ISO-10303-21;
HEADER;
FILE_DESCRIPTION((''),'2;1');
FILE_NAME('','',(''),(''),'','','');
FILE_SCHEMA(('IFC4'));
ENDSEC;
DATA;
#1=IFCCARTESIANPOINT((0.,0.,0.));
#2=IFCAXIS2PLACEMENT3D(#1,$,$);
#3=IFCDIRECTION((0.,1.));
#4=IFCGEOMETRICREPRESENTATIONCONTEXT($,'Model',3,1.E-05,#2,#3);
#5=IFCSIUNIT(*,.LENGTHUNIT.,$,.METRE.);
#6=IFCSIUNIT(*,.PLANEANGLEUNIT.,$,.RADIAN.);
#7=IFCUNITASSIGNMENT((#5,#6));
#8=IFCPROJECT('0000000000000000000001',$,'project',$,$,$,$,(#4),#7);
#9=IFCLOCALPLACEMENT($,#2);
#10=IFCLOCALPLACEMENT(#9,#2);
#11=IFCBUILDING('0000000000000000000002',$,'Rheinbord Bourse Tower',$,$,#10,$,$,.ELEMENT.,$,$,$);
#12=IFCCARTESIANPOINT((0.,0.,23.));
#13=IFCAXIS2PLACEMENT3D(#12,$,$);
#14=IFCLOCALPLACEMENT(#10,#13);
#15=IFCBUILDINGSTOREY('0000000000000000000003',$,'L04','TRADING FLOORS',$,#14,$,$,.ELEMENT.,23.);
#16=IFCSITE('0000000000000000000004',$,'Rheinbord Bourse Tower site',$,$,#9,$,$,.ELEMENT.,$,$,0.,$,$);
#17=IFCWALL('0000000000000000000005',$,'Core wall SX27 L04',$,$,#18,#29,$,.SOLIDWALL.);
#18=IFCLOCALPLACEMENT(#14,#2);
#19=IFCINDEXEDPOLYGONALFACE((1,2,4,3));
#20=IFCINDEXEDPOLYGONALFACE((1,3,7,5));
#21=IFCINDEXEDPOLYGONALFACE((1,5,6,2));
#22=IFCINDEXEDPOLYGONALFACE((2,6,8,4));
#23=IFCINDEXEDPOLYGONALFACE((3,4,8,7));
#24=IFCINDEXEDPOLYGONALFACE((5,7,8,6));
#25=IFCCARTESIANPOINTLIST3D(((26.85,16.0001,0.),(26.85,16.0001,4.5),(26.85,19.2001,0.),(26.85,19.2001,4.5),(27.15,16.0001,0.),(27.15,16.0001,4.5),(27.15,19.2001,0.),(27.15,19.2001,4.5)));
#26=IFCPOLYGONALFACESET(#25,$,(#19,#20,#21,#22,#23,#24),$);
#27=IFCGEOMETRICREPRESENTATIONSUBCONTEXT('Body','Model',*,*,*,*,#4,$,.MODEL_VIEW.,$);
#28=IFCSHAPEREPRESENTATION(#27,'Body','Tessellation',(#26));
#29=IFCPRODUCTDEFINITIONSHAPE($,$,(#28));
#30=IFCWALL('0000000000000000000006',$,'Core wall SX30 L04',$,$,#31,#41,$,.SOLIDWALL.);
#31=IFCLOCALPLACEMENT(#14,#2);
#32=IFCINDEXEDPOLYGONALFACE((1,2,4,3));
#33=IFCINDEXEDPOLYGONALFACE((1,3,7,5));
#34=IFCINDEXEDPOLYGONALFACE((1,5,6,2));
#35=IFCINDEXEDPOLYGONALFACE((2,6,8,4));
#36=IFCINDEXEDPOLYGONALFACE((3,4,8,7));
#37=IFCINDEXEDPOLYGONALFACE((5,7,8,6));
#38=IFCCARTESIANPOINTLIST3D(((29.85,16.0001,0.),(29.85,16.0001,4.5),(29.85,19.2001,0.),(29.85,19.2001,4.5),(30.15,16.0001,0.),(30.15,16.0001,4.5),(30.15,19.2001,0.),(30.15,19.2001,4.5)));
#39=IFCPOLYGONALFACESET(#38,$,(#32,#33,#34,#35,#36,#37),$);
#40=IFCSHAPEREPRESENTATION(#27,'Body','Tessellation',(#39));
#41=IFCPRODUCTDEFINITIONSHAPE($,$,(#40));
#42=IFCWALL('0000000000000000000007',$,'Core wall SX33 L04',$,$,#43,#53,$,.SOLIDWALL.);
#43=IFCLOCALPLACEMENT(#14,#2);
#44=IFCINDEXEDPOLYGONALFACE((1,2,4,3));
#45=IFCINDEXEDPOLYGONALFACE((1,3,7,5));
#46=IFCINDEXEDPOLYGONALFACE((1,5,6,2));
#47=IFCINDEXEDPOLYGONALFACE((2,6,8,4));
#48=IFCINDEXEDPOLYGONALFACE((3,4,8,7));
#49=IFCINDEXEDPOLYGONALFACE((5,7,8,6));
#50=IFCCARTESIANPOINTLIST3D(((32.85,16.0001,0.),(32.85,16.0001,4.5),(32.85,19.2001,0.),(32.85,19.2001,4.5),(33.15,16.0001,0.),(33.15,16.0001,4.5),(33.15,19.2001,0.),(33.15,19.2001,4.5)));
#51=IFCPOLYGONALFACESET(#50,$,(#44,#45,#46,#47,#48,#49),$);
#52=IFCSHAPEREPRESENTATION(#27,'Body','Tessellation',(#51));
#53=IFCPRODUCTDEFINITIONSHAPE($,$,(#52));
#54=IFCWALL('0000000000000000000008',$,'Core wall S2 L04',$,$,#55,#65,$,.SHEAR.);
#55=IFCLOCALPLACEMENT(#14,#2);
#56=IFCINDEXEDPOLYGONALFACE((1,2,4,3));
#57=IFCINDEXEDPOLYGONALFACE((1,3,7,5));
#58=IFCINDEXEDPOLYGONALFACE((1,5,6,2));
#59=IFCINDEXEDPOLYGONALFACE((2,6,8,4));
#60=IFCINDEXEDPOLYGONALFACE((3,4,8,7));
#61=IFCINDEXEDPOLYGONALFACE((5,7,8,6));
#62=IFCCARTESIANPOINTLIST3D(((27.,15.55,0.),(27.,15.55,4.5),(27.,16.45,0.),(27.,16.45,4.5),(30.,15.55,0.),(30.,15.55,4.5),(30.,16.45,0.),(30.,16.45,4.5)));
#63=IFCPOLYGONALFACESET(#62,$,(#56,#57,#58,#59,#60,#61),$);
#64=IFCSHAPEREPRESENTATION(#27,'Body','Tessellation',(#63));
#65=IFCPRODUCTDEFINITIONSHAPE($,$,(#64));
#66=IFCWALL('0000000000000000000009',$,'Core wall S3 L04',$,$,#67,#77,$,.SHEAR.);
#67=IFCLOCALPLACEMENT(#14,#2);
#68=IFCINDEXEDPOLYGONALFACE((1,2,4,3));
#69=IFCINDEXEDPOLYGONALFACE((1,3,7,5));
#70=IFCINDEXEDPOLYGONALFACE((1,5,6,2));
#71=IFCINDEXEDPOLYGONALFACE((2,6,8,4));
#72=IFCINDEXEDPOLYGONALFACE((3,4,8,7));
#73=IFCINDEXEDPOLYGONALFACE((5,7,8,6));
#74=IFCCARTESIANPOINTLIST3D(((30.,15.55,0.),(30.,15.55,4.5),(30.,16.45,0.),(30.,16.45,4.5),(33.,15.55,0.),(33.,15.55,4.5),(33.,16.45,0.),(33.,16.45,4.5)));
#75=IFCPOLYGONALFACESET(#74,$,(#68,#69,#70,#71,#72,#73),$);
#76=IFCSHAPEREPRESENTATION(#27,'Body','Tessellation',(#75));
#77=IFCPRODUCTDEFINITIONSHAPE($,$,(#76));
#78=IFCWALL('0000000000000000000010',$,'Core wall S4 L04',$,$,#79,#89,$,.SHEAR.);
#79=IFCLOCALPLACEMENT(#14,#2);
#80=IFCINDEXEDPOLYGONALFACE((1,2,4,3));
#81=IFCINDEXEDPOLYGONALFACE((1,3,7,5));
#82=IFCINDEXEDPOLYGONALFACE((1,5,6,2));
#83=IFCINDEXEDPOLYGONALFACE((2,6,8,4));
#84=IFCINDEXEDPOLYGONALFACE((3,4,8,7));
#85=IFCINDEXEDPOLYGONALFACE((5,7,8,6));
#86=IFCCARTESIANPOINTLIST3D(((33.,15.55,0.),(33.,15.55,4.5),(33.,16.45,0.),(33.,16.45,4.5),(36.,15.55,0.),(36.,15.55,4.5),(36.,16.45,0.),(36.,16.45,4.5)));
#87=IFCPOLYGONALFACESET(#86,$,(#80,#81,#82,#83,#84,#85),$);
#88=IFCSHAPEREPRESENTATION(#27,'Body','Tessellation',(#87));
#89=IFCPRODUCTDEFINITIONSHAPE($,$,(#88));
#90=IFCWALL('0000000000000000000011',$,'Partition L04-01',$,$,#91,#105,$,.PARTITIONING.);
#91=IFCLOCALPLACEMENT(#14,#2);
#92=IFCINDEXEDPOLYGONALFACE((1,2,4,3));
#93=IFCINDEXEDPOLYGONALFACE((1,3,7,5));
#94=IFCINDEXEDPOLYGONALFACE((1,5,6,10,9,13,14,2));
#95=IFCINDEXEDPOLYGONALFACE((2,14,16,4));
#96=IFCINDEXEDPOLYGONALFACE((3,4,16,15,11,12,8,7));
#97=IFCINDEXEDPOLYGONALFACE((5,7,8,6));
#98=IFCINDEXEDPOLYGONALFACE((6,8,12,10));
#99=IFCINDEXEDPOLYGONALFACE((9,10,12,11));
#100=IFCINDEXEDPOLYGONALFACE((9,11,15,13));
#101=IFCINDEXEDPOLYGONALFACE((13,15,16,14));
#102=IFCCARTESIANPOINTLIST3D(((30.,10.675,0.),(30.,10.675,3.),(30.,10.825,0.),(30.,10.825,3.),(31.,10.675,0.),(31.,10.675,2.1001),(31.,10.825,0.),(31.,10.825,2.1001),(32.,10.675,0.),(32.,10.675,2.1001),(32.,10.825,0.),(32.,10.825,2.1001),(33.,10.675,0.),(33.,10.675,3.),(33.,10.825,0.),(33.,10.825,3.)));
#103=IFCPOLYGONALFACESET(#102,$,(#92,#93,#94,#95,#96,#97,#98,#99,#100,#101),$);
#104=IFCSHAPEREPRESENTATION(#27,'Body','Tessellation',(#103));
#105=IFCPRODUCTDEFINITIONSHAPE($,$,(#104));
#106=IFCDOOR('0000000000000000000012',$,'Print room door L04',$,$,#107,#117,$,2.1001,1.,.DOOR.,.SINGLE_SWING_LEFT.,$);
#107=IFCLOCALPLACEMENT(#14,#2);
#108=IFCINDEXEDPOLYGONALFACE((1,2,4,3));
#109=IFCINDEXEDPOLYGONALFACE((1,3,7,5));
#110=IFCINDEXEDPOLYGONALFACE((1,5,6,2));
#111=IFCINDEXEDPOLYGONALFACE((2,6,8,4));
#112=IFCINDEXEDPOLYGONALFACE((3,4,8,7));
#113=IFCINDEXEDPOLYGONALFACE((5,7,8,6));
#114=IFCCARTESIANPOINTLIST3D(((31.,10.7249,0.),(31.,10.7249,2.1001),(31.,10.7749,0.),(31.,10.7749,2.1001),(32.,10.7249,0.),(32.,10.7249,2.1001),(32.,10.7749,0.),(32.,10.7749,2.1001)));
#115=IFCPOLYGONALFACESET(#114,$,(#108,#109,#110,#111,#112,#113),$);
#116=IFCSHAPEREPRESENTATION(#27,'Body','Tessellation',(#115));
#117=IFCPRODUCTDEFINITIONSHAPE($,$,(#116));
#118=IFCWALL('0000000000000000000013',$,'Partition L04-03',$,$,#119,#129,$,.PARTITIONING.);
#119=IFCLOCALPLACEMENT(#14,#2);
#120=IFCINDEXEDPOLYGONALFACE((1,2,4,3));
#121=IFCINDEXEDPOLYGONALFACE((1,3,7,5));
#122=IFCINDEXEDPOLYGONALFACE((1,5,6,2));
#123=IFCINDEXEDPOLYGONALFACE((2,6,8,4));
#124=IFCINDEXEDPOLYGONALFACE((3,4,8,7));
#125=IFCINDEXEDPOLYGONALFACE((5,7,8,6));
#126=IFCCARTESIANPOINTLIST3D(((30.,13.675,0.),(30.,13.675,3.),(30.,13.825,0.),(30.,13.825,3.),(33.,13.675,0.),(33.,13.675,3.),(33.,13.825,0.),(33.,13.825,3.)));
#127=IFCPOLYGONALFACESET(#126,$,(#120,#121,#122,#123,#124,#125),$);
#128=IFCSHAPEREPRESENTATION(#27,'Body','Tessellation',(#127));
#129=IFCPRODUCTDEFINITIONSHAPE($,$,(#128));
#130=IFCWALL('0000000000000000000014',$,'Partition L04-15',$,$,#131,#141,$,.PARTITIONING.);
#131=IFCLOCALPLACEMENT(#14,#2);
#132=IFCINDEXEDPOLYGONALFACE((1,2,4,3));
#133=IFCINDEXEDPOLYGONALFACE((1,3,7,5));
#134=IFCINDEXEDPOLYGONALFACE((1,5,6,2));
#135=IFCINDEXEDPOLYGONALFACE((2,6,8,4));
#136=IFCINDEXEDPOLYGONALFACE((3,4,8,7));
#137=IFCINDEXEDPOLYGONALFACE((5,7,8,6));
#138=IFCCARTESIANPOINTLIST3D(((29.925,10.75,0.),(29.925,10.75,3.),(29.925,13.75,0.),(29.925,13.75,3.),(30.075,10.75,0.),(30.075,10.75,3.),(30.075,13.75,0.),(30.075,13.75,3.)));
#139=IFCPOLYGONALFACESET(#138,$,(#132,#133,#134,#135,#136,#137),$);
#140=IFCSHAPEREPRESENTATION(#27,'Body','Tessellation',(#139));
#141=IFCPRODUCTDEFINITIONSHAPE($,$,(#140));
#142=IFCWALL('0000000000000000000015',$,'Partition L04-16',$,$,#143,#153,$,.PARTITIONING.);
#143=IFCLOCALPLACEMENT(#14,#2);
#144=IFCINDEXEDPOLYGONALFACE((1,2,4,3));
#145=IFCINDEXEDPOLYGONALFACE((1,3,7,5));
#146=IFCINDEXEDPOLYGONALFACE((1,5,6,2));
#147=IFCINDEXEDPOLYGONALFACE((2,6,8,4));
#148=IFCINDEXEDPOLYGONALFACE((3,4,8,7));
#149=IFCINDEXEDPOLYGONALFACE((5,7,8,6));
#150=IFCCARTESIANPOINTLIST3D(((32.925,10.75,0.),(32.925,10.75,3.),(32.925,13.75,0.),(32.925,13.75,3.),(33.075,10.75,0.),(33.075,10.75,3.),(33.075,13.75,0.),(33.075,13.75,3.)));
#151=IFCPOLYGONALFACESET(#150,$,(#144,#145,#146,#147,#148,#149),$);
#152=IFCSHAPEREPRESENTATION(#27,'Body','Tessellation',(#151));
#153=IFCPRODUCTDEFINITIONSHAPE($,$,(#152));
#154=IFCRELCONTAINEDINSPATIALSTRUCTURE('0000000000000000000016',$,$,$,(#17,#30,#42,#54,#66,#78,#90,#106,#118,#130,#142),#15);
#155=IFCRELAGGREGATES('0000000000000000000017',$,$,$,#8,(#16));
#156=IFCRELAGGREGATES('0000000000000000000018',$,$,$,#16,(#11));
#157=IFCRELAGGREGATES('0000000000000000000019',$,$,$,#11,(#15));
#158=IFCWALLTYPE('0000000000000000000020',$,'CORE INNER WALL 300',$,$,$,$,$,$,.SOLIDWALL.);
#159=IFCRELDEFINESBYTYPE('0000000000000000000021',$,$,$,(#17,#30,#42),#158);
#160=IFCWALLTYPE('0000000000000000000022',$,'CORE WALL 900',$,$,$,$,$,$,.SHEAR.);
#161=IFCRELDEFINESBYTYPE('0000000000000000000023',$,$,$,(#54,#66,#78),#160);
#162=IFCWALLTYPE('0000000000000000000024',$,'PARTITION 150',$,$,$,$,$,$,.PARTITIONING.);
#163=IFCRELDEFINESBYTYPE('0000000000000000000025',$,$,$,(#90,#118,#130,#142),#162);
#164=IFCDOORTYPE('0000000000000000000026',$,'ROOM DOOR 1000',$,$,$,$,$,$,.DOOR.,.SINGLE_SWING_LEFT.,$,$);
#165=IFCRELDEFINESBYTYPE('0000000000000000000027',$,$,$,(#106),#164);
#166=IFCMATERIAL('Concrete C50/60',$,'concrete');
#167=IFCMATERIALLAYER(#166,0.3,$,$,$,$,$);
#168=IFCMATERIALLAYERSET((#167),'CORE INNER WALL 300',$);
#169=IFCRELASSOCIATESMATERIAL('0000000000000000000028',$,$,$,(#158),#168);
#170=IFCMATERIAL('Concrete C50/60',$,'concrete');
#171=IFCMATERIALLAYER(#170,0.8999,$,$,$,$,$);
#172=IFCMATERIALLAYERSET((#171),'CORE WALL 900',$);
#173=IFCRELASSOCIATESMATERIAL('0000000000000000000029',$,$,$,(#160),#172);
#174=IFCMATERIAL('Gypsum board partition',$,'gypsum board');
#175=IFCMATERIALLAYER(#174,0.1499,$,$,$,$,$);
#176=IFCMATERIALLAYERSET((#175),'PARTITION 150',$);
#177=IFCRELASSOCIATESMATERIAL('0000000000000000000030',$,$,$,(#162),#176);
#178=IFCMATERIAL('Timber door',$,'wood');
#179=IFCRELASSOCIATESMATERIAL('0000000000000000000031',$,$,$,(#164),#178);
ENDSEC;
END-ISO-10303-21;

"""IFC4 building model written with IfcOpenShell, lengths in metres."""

from ifc_helpers import new_model, si_unit, direction, frame, frame_2d, origin, place, context, subcontext, project, spatial, rectangle, extrude, material, layer, layer_set, type_object, element, fill, save


model = new_model("IFC4")

# Units and contexts
model_context = context("Model", 3, precision=1e-05, world=origin(), true_north=direction((0.0, 1.0)))
body_context = subcontext(model_context, "Body", "Model", "MODEL_VIEW")
ifc_project = project(units=[si_unit("LENGTHUNIT", "METRE"), si_unit("PLANEANGLEUNIT", "RADIAN")], contexts=[model_context])

# Site, building, storey
site_placement = place(None, origin())
site = spatial("IfcSite", under=ifc_project, at=site_placement, Name="Rheinbord Bourse Tower site", CompositionType="ELEMENT", RefElevation=0.0)
building_placement = place(site_placement, origin())
building = spatial("IfcBuilding", under=site, at=building_placement, Name="Rheinbord Bourse Tower", CompositionType="ELEMENT")
storey_placement = place(building_placement, frame((0.0, 0.0, 23.0)))
storey = spatial("IfcBuildingStorey", under=building, at=storey_placement, Name="L04", Description="TRADING FLOORS", CompositionType="ELEMENT", Elevation=23.0)

# Walls
ifc_material_1 = material(Name="Concrete C50/60", Category="concrete")
ifc_layer_1 = layer(ifc_material_1, 0.3)
ifc_layer_set_1 = layer_set([ifc_layer_1], Name="CORE INNER WALL 300")
wall_type_1 = type_object("IfcWallType", Name="CORE INNER WALL 300", PredefinedType="SOLIDWALL", material=ifc_layer_set_1)
for number, where, z_axis, x_axis, name in (
    (1, (27.0, 16.0, 0.0), (0.0, 0.0, 1.0), (0.0, 1.0, 0.0), "Core wall SX27 L04"),
    (2, (30.0, 16.0, 0.0), (0.0, 0.0, 1.0), (0.0, 1.0, 0.0), "Core wall SX30 L04"),
    (3, (33.0, 16.0, 0.0), (0.0, 0.0, 1.0), (0.0, 1.0, 0.0), "Core wall SX33 L04"),
):
    element("IfcWall", number, at=place(storey_placement, frame(where, z_axis=z_axis, x_axis=x_axis)), inside=storey, type_object=wall_type_1, Name=name, PredefinedType="SOLIDWALL", context=body_context, shape_type="SweptSolid", body=[
        extrude(rectangle(XDim=3.2, YDim=0.3, at=frame_2d((1.6001, 0.0))), origin(), (0.0, 0.0, 1.0), 4.5),
    ])
ifc_material_2 = material(Name="Concrete C50/60", Category="concrete")
ifc_layer_2 = layer(ifc_material_2, 0.8999)
ifc_layer_set_2 = layer_set([ifc_layer_2], Name="CORE WALL 900")
wall_type_2 = type_object("IfcWallType", Name="CORE WALL 900", PredefinedType="SHEAR", material=ifc_layer_set_2)
for number, where, z_axis, x_axis, name in (
    (4, (27.0, 16.0, 0.0), (0.0, 0.0, 1.0), (1.0, 0.0, 0.0), "Core wall S2 L04"),
    (5, (30.0, 16.0, 0.0), (0.0, 0.0, 1.0), (1.0, 0.0, 0.0), "Core wall S3 L04"),
    (6, (33.0, 16.0, 0.0), (0.0, 0.0, 1.0), (1.0, 0.0, 0.0), "Core wall S4 L04"),
):
    element("IfcWall", number, at=place(storey_placement, frame(where, z_axis=z_axis, x_axis=x_axis)), inside=storey, type_object=wall_type_2, Name=name, PredefinedType="SHEAR", context=body_context, shape_type="SweptSolid", body=[
        extrude(rectangle(XDim=3.0, YDim=0.8999, at=frame_2d((1.5, 0.0))), origin(), (0.0, 0.0, 1.0), 4.5),
    ])

# Wall, opening, door
ifc_material_3 = material(Name="Gypsum board partition", Category="gypsum board")
ifc_layer_3 = layer(ifc_material_3, 0.1499)
ifc_layer_set_3 = layer_set([ifc_layer_3], Name="PARTITION 150")
wall_type_3 = type_object("IfcWallType", Name="PARTITION 150", PredefinedType="PARTITIONING", material=ifc_layer_set_3)
wall_placement = place(storey_placement, frame((30.0, 10.75, 0.0), z_axis=(0.0, 0.0, 1.0), x_axis=(1.0, 0.0, 0.0)))
wall = element("IfcWall", 7, at=wall_placement, inside=storey, type_object=wall_type_3, Name="Partition L04-01", PredefinedType="PARTITIONING", context=body_context, shape_type="SweptSolid", body=[
    extrude(rectangle(XDim=3.0, YDim=0.1499, at=frame_2d((1.5, 0.0))), origin(), (0.0, 0.0, 1.0), 3.0),
])
opening_placement = place(wall_placement, frame((1.0, 0.0, 0.0)))
opening = element("IfcOpeningElement", 8, at=opening_placement, cuts=wall, PredefinedType="OPENING", context=body_context, shape_type="SweptSolid", body=[
    extrude(rectangle(XDim=1.0, YDim=2.1001, at=frame_2d((0.5, 1.05))), frame((0.0, 0.085, 0.0), z_axis=(0.0, -1.0, 0.0), x_axis=(1.0, 0.0, 0.0)), (0.0, 0.0, 1.0), 0.1699),
])
ifc_material_4 = material(Name="Timber door", Category="wood")
door_type = type_object("IfcDoorType", Name="ROOM DOOR 1000", OperationType="SINGLE_SWING_LEFT", PredefinedType="DOOR", material=ifc_material_4)
door_placement = place(opening_placement, origin())
door = element("IfcDoor", 9, at=door_placement, inside=storey, type_object=door_type, Name="Print room door L04", OperationType="SINGLE_SWING_LEFT", OverallHeight=2.1001, OverallWidth=1.0, PredefinedType="DOOR", context=body_context, shape_type="SweptSolid", body=[
    extrude(rectangle(XDim=1.0, YDim=2.1001, at=frame_2d((0.5, 1.05))), frame((0.0, 0.0249, 0.0), z_axis=(0.0, -1.0, 0.0), x_axis=(1.0, 0.0, 0.0)), (0.0, 0.0, 1.0), 0.05),
])
fill(opening, door)

# Walls
for number, where, z_axis, x_axis, name in (
    (10, (30.0, 13.75, 0.0), (0.0, 0.0, 1.0), (1.0, 0.0, 0.0), "Partition L04-03"),
    (11, (30.0, 10.75, 0.0), (0.0, 0.0, 1.0), (0.0, 1.0, 0.0), "Partition L04-15"),
    (12, (33.0, 10.75, 0.0), (0.0, 0.0, 1.0), (0.0, 1.0, 0.0), "Partition L04-16"),
):
    element("IfcWall", number, at=place(storey_placement, frame(where, z_axis=z_axis, x_axis=x_axis)), inside=storey, type_object=wall_type_3, Name=name, PredefinedType="PARTITIONING", context=body_context, shape_type="SweptSolid", body=[
        extrude(rectangle(XDim=3.0, YDim=0.1499, at=frame_2d((1.5, 0.0))), origin(), (0.0, 0.0, 1.0), 3.0),
    ])

save(model, "model.ifc")
